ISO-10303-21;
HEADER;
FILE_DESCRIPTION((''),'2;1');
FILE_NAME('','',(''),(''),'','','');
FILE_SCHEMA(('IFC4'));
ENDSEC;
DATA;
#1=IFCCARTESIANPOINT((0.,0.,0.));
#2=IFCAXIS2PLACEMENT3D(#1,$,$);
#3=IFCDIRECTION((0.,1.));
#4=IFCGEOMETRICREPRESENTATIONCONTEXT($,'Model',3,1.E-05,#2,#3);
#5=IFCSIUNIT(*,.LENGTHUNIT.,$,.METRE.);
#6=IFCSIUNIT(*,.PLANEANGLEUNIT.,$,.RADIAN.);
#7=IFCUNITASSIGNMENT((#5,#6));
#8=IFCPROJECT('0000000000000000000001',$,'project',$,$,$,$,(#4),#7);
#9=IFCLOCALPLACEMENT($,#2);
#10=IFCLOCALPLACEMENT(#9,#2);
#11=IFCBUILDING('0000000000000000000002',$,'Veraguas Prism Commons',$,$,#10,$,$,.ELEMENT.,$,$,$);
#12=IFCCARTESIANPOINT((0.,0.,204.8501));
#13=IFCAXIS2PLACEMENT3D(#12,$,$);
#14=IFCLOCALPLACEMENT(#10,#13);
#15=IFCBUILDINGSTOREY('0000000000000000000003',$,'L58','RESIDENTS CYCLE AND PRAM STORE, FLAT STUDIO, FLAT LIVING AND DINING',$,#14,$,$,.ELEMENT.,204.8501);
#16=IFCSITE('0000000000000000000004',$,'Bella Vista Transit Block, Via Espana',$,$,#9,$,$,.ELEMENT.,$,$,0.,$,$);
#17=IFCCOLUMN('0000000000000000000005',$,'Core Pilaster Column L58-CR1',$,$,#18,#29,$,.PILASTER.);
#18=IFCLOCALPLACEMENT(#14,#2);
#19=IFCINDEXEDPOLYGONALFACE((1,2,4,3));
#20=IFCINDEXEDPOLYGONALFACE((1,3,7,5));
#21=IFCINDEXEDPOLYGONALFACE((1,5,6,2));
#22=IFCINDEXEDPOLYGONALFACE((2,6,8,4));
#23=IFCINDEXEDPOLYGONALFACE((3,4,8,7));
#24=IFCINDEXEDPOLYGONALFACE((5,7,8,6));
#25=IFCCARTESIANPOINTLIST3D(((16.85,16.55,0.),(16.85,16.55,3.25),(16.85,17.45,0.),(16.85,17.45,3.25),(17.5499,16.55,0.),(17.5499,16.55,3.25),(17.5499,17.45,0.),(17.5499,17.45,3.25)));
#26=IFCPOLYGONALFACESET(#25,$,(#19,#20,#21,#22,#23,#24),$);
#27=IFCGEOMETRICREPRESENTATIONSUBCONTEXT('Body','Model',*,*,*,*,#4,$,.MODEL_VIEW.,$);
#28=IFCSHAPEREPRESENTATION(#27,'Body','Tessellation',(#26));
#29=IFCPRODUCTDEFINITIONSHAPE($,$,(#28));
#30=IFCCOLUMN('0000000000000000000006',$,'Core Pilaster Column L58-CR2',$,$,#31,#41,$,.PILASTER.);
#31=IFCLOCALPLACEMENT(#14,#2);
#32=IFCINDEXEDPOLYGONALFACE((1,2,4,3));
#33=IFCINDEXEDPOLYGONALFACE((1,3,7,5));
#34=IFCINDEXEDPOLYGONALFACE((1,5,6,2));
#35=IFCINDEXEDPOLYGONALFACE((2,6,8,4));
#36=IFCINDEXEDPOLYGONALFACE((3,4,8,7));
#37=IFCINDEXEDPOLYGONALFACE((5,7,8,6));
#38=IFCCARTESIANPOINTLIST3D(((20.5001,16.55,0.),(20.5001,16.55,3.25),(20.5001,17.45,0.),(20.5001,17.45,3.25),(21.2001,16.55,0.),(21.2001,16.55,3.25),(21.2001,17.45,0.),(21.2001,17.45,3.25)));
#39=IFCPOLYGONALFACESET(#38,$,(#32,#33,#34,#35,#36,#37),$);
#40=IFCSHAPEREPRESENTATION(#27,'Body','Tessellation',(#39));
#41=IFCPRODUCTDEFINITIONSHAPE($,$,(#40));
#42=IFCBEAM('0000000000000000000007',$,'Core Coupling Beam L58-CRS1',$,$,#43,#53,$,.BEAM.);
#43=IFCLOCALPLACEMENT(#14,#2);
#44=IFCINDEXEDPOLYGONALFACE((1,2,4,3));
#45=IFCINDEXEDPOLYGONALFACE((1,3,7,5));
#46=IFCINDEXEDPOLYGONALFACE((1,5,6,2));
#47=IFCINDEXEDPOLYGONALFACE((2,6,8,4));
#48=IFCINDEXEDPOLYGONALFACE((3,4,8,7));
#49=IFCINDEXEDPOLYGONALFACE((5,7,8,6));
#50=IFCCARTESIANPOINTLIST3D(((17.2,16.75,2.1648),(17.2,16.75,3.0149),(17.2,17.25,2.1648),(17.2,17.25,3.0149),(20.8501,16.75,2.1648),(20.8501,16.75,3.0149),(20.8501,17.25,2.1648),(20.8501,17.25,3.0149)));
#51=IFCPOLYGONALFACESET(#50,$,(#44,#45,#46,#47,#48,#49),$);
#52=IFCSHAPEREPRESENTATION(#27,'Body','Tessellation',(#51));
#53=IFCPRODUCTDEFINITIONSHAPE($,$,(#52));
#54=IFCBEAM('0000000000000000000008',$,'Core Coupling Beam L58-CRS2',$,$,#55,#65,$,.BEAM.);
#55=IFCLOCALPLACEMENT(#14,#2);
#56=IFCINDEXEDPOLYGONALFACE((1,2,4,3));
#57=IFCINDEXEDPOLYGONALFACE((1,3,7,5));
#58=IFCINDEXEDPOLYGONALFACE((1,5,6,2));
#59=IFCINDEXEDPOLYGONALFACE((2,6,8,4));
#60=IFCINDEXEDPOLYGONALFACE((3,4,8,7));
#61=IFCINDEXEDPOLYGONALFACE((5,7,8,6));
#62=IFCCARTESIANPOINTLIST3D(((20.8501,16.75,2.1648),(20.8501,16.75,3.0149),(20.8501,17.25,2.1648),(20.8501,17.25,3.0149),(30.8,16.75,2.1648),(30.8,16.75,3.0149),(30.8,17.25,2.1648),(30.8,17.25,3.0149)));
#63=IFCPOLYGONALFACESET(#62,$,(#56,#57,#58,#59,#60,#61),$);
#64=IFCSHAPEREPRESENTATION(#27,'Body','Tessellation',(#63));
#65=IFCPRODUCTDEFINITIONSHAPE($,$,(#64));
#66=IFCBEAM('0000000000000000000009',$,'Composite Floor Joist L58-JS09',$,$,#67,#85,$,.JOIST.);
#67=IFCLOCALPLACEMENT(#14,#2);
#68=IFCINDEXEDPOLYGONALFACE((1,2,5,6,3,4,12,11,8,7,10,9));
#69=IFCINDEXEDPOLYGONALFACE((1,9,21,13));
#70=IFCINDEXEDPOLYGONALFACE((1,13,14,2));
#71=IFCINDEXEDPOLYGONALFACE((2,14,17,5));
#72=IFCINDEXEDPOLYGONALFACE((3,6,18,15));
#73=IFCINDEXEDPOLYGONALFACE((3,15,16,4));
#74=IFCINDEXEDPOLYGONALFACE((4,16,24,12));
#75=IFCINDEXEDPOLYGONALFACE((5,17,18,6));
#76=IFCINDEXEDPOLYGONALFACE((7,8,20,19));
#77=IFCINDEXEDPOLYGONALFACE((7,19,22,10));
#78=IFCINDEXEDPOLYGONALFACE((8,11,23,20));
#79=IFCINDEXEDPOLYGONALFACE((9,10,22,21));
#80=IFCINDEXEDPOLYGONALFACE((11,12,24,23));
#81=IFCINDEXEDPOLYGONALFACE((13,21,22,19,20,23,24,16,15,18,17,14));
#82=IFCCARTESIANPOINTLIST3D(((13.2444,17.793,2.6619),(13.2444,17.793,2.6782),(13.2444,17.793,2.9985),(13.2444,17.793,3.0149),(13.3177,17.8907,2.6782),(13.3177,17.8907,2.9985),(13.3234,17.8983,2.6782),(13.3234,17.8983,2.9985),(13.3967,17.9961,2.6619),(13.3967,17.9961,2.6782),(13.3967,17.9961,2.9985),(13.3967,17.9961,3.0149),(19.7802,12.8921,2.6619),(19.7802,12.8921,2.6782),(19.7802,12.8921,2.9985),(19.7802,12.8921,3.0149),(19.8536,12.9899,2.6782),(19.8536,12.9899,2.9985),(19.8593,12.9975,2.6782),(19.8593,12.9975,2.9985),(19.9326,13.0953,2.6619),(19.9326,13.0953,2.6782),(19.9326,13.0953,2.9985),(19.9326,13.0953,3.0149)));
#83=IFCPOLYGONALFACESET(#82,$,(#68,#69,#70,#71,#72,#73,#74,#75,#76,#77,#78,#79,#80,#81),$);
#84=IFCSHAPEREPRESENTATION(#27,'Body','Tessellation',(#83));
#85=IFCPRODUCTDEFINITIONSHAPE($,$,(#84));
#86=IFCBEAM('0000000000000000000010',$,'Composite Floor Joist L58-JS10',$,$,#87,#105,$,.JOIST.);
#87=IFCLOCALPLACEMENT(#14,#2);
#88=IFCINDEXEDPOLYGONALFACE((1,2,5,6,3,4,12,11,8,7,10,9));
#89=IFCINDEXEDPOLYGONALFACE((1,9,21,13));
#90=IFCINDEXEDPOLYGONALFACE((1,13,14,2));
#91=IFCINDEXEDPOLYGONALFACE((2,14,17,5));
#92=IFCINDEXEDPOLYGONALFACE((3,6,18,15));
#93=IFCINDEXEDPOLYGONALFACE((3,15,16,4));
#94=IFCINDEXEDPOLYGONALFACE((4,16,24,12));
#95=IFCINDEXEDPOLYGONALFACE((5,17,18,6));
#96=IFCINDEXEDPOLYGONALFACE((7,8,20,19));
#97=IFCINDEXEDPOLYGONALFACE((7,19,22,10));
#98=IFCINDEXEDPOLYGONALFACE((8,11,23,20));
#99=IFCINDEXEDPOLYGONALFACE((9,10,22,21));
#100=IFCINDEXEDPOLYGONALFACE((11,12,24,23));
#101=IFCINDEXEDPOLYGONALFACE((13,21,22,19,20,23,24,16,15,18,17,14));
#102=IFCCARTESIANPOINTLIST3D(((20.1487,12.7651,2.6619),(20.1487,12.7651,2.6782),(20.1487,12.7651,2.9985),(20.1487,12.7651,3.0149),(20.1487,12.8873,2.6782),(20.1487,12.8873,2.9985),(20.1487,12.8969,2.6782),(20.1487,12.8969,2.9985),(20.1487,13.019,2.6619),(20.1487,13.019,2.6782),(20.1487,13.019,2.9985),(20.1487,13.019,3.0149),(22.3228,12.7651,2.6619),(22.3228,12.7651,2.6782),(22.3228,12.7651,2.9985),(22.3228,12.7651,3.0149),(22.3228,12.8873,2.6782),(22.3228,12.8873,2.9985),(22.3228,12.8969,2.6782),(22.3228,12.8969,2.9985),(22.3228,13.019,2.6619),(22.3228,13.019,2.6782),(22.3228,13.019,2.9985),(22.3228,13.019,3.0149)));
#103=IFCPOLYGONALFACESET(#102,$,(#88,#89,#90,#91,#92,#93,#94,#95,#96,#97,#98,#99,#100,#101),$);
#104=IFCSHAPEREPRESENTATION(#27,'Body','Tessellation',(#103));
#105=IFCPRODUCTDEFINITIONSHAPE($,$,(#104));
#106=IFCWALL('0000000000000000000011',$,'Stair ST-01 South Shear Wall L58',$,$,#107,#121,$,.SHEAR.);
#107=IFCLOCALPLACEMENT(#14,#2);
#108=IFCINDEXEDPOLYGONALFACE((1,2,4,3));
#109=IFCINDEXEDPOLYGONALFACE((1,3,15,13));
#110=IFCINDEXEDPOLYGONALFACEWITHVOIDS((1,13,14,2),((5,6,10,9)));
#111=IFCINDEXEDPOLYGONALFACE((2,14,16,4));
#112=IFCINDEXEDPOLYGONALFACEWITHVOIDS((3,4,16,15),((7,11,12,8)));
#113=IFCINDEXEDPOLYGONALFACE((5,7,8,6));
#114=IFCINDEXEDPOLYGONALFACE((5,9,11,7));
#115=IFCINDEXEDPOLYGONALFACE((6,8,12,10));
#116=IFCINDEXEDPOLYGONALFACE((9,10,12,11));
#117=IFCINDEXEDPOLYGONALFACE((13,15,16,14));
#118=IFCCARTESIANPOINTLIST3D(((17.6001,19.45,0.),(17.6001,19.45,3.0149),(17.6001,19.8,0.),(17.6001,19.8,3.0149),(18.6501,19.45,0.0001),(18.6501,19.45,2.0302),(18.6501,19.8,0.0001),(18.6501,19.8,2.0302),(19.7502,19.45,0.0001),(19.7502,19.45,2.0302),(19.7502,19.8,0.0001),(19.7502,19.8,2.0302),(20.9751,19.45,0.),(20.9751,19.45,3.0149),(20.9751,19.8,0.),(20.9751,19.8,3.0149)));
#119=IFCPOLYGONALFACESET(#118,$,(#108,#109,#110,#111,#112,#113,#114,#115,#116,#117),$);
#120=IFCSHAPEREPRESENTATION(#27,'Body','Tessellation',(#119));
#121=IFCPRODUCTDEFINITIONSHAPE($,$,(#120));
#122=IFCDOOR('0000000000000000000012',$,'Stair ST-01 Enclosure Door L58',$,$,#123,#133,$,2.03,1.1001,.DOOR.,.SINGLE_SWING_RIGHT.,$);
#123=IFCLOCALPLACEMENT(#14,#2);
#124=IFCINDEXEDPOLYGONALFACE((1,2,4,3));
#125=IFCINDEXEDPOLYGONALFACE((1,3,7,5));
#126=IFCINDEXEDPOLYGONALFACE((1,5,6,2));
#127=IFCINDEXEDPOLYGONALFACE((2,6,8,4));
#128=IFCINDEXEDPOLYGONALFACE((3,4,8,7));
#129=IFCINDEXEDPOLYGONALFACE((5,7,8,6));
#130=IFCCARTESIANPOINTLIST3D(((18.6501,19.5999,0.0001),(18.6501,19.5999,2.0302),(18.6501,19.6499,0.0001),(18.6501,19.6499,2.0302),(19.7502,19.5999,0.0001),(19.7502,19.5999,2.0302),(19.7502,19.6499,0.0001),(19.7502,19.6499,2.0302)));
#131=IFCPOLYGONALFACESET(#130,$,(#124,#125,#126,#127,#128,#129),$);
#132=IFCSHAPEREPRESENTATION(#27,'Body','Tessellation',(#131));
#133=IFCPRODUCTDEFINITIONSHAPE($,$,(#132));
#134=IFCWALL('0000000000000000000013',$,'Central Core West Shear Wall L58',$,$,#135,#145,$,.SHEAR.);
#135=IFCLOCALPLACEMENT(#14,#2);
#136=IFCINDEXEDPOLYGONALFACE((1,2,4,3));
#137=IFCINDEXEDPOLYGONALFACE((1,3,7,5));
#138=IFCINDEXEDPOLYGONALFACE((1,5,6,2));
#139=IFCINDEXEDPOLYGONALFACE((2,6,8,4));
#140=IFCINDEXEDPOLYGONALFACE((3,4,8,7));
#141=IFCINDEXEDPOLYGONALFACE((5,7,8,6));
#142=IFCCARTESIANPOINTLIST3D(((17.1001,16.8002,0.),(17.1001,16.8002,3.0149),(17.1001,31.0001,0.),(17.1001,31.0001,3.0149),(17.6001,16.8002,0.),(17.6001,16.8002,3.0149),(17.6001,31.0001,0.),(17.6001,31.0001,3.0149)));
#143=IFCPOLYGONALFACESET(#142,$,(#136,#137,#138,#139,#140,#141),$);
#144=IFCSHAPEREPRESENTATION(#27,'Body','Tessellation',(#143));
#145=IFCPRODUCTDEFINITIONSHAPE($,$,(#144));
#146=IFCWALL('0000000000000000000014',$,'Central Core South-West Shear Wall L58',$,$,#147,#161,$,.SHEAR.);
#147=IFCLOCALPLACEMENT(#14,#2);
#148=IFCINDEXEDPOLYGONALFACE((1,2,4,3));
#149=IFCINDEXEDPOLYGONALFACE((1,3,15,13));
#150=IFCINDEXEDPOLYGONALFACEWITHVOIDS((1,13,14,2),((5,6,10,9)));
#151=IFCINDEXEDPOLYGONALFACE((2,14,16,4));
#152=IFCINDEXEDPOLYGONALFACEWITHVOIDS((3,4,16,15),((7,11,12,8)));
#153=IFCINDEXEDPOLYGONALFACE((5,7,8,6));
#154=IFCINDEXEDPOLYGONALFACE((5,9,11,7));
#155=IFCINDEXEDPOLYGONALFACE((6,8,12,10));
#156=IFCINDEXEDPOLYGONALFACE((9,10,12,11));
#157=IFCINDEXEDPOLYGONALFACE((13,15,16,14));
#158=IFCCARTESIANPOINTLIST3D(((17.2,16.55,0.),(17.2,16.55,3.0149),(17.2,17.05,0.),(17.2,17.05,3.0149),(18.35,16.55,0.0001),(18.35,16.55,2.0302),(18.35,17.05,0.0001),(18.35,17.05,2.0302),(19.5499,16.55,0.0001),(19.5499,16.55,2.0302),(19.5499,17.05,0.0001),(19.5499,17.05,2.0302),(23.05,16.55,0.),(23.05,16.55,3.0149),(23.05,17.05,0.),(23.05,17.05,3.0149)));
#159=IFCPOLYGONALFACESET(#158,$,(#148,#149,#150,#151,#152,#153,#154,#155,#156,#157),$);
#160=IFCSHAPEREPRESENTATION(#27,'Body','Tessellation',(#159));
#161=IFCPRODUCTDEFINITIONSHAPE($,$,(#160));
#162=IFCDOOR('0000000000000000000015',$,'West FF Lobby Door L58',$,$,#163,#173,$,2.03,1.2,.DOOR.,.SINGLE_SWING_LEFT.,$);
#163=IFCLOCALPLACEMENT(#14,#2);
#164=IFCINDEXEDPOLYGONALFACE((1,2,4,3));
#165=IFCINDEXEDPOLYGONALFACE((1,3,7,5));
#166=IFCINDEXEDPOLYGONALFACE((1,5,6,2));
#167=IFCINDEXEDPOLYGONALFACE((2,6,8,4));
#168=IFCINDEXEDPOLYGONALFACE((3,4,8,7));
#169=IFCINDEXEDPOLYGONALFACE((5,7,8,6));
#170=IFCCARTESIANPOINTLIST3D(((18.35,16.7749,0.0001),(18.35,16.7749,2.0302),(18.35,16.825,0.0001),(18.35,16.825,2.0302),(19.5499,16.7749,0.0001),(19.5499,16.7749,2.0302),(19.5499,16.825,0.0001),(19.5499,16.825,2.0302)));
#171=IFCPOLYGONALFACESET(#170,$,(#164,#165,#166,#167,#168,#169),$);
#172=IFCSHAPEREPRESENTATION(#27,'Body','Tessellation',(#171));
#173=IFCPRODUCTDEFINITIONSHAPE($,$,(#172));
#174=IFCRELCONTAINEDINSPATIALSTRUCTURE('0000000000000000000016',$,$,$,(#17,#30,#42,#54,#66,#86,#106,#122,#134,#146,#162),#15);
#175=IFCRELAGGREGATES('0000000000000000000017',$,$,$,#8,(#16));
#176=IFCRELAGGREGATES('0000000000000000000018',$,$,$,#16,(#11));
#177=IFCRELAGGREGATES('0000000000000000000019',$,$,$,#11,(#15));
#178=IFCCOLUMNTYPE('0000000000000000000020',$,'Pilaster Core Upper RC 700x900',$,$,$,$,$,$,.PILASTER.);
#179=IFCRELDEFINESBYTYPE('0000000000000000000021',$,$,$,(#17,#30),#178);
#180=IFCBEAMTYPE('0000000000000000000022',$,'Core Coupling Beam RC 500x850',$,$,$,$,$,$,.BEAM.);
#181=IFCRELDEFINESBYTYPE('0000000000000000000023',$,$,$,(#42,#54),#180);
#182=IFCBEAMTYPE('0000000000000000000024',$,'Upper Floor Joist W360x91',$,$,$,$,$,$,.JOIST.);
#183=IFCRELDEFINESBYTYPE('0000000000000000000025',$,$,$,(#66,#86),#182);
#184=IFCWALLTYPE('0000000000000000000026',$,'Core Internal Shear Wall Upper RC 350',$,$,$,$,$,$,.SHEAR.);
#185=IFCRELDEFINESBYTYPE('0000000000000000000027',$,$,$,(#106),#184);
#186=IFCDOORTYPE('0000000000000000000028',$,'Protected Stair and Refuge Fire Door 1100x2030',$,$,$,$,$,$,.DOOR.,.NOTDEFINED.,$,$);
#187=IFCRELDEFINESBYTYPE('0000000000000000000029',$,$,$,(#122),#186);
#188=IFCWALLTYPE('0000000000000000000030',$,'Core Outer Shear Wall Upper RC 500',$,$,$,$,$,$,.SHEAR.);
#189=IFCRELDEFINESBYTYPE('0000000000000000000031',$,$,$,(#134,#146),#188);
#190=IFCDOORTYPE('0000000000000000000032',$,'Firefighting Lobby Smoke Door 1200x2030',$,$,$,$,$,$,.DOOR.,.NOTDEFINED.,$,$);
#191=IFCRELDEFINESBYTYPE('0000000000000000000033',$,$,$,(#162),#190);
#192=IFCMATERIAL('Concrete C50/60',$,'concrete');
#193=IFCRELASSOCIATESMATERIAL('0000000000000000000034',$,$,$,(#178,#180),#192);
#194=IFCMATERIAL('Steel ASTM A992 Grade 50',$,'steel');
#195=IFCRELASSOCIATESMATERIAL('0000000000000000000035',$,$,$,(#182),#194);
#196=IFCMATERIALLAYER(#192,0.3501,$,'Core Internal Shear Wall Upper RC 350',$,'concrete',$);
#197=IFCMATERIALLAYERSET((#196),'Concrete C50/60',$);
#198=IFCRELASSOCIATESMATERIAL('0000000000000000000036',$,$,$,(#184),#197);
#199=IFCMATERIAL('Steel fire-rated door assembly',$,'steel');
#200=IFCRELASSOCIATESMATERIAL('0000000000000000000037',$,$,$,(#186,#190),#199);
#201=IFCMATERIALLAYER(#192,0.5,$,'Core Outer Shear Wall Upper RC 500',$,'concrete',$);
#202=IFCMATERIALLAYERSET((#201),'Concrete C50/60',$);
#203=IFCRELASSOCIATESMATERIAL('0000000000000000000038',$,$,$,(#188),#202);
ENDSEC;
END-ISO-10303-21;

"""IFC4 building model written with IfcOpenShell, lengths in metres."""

from ifc_helpers import new_model, si_unit, direction, frame, frame_2d, origin, origin_2d, place, context, subcontext, project, spatial, rectangle, i_section, extrude, source, transform, mapped, material, layer, layer_set, material_profile, profile_set, type_object, element, fill, save


model = new_model("IFC4")

# Units and contexts
model_context = context("Model", 3, precision=1e-05, world=origin(), true_north=direction((0.0, 1.0)))
body_context = subcontext(model_context, "Body", "Model", "MODEL_VIEW")
ifc_project = project(units=[si_unit("LENGTHUNIT", "METRE"), si_unit("PLANEANGLEUNIT", "RADIAN")], contexts=[model_context])

# Site, building, storey
site_placement = place(None, origin())
site = spatial("IfcSite", under=ifc_project, at=site_placement, Name="Bella Vista Transit Block, Via Espana", CompositionType="ELEMENT", RefElevation=0.0)
building_placement = place(site_placement, origin())
building = spatial("IfcBuilding", under=site, at=building_placement, Name="Veraguas Prism Commons", CompositionType="ELEMENT")
storey_placement = place(building_placement, frame((0.0, 0.0, 204.8501)))
storey = spatial("IfcBuildingStorey", under=building, at=storey_placement, Name="L58", Description="RESIDENTS CYCLE AND PRAM STORE, FLAT STUDIO, FLAT LIVING AND DINING", CompositionType="ELEMENT", Elevation=204.8501)

# Columns
ifc_material_1 = material(Name="Concrete C50/60", Category="concrete")
ifc_material_profile_1 = material_profile(ifc_material_1, rectangle(XDim=0.7, YDim=0.8999, at=origin_2d()), Name="RC700X900")
ifc_profile_set_1 = profile_set([ifc_material_profile_1], Name="Concrete C50/60")
column_type = type_object("IfcColumnType", Name="Pilaster Core Upper RC 700x900", PredefinedType="PILASTER", material=ifc_profile_set_1)
for number, where, z_axis, x_axis, name in (
    (1, (17.2, 17.0, 0.0), (0.0, 0.0, 1.0), (1.0, 0.0, 0.0), "Core Pilaster Column L58-CR1"),
    (2, (20.8501, 17.0, 0.0), (0.0, 0.0, 1.0), (1.0, 0.0, 0.0), "Core Pilaster Column L58-CR2"),
):
    element("IfcColumn", number, at=place(storey_placement, frame(where, z_axis=z_axis, x_axis=x_axis)), inside=storey, type_object=column_type, Name=name, PredefinedType="PILASTER", context=body_context, shape_type="SweptSolid", body=[
        extrude(rectangle(XDim=0.7, YDim=0.8999, at=origin_2d()), origin(), (0.0, 0.0, 1.0), 3.25),
    ])

# Beams
ifc_material_profile_2 = material_profile(ifc_material_1, rectangle(XDim=0.5, YDim=0.8501, at=origin_2d()), Name="RC500X850")
ifc_profile_set_2 = profile_set([ifc_material_profile_2], Name="Concrete C50/60")
beam_type_1 = type_object("IfcBeamType", Name="Core Coupling Beam RC 500x850", PredefinedType="BEAM", material=ifc_profile_set_2)
beam_1_placement = place(storey_placement, frame((17.2, 17.0, 2.5898), z_axis=(1.0, 0.0, 0.0), x_axis=(0.0, 1.0, 0.0)))
element("IfcBeam", 3, at=beam_1_placement, inside=storey, type_object=beam_type_1, Name="Core Coupling Beam L58-CRS1", PredefinedType="BEAM", context=body_context, shape_type="SweptSolid", body=[
    extrude(rectangle(XDim=0.5, YDim=0.8501, at=origin_2d()), origin(), (0.0, 0.0, 1.0), 3.6501),
])
beam_2_placement = place(storey_placement, frame((20.8501, 17.0, 2.5898), z_axis=(1.0, 0.0, 0.0), x_axis=(0.0, 1.0, 0.0)))
element("IfcBeam", 4, at=beam_2_placement, inside=storey, type_object=beam_type_1, Name="Core Coupling Beam L58-CRS2", PredefinedType="BEAM", context=body_context, shape_type="SweptSolid", body=[
    extrude(rectangle(XDim=0.5, YDim=0.8501, at=origin_2d()), origin(), (0.0, 0.0, 1.0), 9.95),
])
ifc_material_2 = material(Name="Steel ASTM A992 Grade 50", Category="steel")
ifc_material_profile_3 = material_profile(ifc_material_2, i_section(OverallWidth=0.2539, OverallDepth=0.353, WebThickness=0.0095, FlangeThickness=0.0164, at=origin_2d()), Name="W360X91")
ifc_profile_set_3 = profile_set([ifc_material_profile_3], Name="Steel ASTM A992 Grade 50")
beam_type_2 = type_object("IfcBeamType", Name="Upper Floor Joist W360x91", PredefinedType="JOIST", material=ifc_profile_set_3)
beam_3_placement = place(storey_placement, frame((13.3206, 17.8945, 2.8384), z_axis=(0.800061, -0.599919, 0.0), x_axis=(0.599919, 0.800061, 0.0)))
element("IfcBeam", 5, at=beam_3_placement, inside=storey, type_object=beam_type_2, Name="Composite Floor Joist L58-JS09", PredefinedType="JOIST", context=body_context, shape_type="SweptSolid", body=[
    extrude(i_section(OverallWidth=0.2539, OverallDepth=0.353, WebThickness=0.0095, FlangeThickness=0.0164, at=origin_2d()), origin(), (0.0, 0.0, 1.0), 8.1692),
])
beam_4_placement = place(storey_placement, frame((20.1487, 12.8921, 2.8384), z_axis=(1.0, 0.0, 0.0), x_axis=(0.0, 1.0, 0.0)))
element("IfcBeam", 6, at=beam_4_placement, inside=storey, type_object=beam_type_2, Name="Composite Floor Joist L58-JS10", PredefinedType="JOIST", context=body_context, shape_type="SweptSolid", body=[
    extrude(i_section(OverallWidth=0.2539, OverallDepth=0.353, WebThickness=0.0095, FlangeThickness=0.0164, at=origin_2d()), origin(), (0.0, 0.0, 1.0), 2.1741),
])

# Wall, opening, door
ifc_layer_1 = layer(ifc_material_1, 0.3501, Name="Core Internal Shear Wall Upper RC 350", Category="concrete")
ifc_layer_set_1 = layer_set([ifc_layer_1], Name="Concrete C50/60")
wall_type_1 = type_object("IfcWallType", Name="Core Internal Shear Wall Upper RC 350", PredefinedType="SHEAR", material=ifc_layer_set_1)
wall_1_placement = place(storey_placement, frame((17.6001, 19.625, 0.0), z_axis=(0.0, 0.0, 1.0), x_axis=(1.0, 0.0, 0.0)))
wall_1 = element("IfcWall", 7, at=wall_1_placement, inside=storey, type_object=wall_type_1, Name="Stair ST-01 South Shear Wall L58", PredefinedType="SHEAR", context=body_context, shape_type="SweptSolid", body=[
    extrude(rectangle(XDim=3.375, YDim=0.3501, at=frame_2d((1.6875, 0.0))), origin(), (0.0, 0.0, 1.0), 3.0149),
])
opening_1_placement = place(wall_1_placement, frame((1.05, 0.0, 0.0)))
opening_1 = element("IfcOpeningElement", 8, at=opening_1_placement, cuts=wall_1, PredefinedType="OPENING", context=body_context, shape_type="SweptSolid", body=[
    extrude(rectangle(XDim=1.1001, YDim=2.03, at=frame_2d((0.55, 1.0151))), frame((0.0, 0.1851, 0.0), z_axis=(0.0, -1.0, 0.0), x_axis=(1.0, 0.0, 0.0)), (0.0, 0.0, 1.0), 0.3701),
])
ifc_material_3 = material(Name="Steel fire-rated door assembly", Category="steel")
door_type_1 = type_object("IfcDoorType", Name="Protected Stair and Refuge Fire Door 1100x2030", OperationType="NOTDEFINED", PredefinedType="DOOR", material=ifc_material_3)
shared_shape_1 = source(origin(), body_context, "Body", "SweptSolid", [
    extrude(rectangle(XDim=1.1001, YDim=2.03, at=frame_2d((0.55, 1.0151))), frame((0.0, 0.0249, 0.0), z_axis=(0.0, -1.0, 0.0), x_axis=(1.0, 0.0, 0.0)), (0.0, 0.0, 1.0), 0.05),
])
door_1_placement = place(opening_1_placement, origin())
door_1 = element("IfcDoor", 9, at=door_1_placement, inside=storey, type_object=door_type_1, Name="Stair ST-01 Enclosure Door L58", OperationType="SINGLE_SWING_RIGHT", OverallHeight=2.03, OverallWidth=1.1001, PredefinedType="DOOR", context=body_context, shape_type="MappedRepresentation", body=[
    mapped(shared_shape_1, transform((0.0, 0.0, 0.0), scale=1.0)),
])
fill(opening_1, door_1)

# Wall
ifc_layer_2 = layer(ifc_material_1, 0.5, Name="Core Outer Shear Wall Upper RC 500", Category="concrete")
ifc_layer_set_2 = layer_set([ifc_layer_2], Name="Concrete C50/60")
wall_type_2 = type_object("IfcWallType", Name="Core Outer Shear Wall Upper RC 500", PredefinedType="SHEAR", material=ifc_layer_set_2)
wall_2_placement = place(storey_placement, frame((17.3501, 16.8, 0.0), z_axis=(0.0, 0.0, 1.0), x_axis=(0.0, 1.0, 0.0)))
element("IfcWall", 10, at=wall_2_placement, inside=storey, type_object=wall_type_2, Name="Central Core West Shear Wall L58", PredefinedType="SHEAR", context=body_context, shape_type="SweptSolid", body=[
    extrude(rectangle(XDim=14.2, YDim=0.5, at=frame_2d((7.1001, 0.0))), origin(), (0.0, 0.0, 1.0), 3.0149),
])

# Wall, opening, door
wall_3_placement = place(storey_placement, frame((17.2, 16.8, 0.0), z_axis=(0.0, 0.0, 1.0), x_axis=(1.0, 0.0, 0.0)))
wall_3 = element("IfcWall", 11, at=wall_3_placement, inside=storey, type_object=wall_type_2, Name="Central Core South-West Shear Wall L58", PredefinedType="SHEAR", context=body_context, shape_type="SweptSolid", body=[
    extrude(rectangle(XDim=5.8501, YDim=0.5, at=frame_2d((2.925, 0.0))), origin(), (0.0, 0.0, 1.0), 3.0149),
])
opening_2_placement = place(wall_3_placement, frame((1.1499, 0.0, 0.0)))
opening_2 = element("IfcOpeningElement", 12, at=opening_2_placement, cuts=wall_3, PredefinedType="OPENING", context=body_context, shape_type="SweptSolid", body=[
    extrude(rectangle(XDim=1.2, YDim=2.03, at=frame_2d((0.6001, 1.0151))), frame((0.0, 0.26, 0.0), z_axis=(0.0, -1.0, 0.0), x_axis=(1.0, 0.0, 0.0)), (0.0, 0.0, 1.0), 0.52),
])
door_type_2 = type_object("IfcDoorType", Name="Firefighting Lobby Smoke Door 1200x2030", OperationType="NOTDEFINED", PredefinedType="DOOR", material=ifc_material_3)
shared_shape_2 = source(origin(), body_context, "Body", "SweptSolid", [
    extrude(rectangle(XDim=1.2, YDim=2.03, at=frame_2d((0.6001, 1.0151))), frame((0.0, 0.0249, 0.0), z_axis=(0.0, -1.0, 0.0), x_axis=(1.0, 0.0, 0.0)), (0.0, 0.0, 1.0), 0.05),
])
door_2_placement = place(opening_2_placement, origin())
door_2 = element("IfcDoor", 13, at=door_2_placement, inside=storey, type_object=door_type_2, Name="West FF Lobby Door L58", OperationType="SINGLE_SWING_LEFT", OverallHeight=2.03, OverallWidth=1.2, PredefinedType="DOOR", context=body_context, shape_type="MappedRepresentation", body=[
    mapped(shared_shape_2, transform((0.0, 0.0, 0.0), scale=1.0)),
])
fill(opening_2, door_2)

save(model, "model.ifc")
